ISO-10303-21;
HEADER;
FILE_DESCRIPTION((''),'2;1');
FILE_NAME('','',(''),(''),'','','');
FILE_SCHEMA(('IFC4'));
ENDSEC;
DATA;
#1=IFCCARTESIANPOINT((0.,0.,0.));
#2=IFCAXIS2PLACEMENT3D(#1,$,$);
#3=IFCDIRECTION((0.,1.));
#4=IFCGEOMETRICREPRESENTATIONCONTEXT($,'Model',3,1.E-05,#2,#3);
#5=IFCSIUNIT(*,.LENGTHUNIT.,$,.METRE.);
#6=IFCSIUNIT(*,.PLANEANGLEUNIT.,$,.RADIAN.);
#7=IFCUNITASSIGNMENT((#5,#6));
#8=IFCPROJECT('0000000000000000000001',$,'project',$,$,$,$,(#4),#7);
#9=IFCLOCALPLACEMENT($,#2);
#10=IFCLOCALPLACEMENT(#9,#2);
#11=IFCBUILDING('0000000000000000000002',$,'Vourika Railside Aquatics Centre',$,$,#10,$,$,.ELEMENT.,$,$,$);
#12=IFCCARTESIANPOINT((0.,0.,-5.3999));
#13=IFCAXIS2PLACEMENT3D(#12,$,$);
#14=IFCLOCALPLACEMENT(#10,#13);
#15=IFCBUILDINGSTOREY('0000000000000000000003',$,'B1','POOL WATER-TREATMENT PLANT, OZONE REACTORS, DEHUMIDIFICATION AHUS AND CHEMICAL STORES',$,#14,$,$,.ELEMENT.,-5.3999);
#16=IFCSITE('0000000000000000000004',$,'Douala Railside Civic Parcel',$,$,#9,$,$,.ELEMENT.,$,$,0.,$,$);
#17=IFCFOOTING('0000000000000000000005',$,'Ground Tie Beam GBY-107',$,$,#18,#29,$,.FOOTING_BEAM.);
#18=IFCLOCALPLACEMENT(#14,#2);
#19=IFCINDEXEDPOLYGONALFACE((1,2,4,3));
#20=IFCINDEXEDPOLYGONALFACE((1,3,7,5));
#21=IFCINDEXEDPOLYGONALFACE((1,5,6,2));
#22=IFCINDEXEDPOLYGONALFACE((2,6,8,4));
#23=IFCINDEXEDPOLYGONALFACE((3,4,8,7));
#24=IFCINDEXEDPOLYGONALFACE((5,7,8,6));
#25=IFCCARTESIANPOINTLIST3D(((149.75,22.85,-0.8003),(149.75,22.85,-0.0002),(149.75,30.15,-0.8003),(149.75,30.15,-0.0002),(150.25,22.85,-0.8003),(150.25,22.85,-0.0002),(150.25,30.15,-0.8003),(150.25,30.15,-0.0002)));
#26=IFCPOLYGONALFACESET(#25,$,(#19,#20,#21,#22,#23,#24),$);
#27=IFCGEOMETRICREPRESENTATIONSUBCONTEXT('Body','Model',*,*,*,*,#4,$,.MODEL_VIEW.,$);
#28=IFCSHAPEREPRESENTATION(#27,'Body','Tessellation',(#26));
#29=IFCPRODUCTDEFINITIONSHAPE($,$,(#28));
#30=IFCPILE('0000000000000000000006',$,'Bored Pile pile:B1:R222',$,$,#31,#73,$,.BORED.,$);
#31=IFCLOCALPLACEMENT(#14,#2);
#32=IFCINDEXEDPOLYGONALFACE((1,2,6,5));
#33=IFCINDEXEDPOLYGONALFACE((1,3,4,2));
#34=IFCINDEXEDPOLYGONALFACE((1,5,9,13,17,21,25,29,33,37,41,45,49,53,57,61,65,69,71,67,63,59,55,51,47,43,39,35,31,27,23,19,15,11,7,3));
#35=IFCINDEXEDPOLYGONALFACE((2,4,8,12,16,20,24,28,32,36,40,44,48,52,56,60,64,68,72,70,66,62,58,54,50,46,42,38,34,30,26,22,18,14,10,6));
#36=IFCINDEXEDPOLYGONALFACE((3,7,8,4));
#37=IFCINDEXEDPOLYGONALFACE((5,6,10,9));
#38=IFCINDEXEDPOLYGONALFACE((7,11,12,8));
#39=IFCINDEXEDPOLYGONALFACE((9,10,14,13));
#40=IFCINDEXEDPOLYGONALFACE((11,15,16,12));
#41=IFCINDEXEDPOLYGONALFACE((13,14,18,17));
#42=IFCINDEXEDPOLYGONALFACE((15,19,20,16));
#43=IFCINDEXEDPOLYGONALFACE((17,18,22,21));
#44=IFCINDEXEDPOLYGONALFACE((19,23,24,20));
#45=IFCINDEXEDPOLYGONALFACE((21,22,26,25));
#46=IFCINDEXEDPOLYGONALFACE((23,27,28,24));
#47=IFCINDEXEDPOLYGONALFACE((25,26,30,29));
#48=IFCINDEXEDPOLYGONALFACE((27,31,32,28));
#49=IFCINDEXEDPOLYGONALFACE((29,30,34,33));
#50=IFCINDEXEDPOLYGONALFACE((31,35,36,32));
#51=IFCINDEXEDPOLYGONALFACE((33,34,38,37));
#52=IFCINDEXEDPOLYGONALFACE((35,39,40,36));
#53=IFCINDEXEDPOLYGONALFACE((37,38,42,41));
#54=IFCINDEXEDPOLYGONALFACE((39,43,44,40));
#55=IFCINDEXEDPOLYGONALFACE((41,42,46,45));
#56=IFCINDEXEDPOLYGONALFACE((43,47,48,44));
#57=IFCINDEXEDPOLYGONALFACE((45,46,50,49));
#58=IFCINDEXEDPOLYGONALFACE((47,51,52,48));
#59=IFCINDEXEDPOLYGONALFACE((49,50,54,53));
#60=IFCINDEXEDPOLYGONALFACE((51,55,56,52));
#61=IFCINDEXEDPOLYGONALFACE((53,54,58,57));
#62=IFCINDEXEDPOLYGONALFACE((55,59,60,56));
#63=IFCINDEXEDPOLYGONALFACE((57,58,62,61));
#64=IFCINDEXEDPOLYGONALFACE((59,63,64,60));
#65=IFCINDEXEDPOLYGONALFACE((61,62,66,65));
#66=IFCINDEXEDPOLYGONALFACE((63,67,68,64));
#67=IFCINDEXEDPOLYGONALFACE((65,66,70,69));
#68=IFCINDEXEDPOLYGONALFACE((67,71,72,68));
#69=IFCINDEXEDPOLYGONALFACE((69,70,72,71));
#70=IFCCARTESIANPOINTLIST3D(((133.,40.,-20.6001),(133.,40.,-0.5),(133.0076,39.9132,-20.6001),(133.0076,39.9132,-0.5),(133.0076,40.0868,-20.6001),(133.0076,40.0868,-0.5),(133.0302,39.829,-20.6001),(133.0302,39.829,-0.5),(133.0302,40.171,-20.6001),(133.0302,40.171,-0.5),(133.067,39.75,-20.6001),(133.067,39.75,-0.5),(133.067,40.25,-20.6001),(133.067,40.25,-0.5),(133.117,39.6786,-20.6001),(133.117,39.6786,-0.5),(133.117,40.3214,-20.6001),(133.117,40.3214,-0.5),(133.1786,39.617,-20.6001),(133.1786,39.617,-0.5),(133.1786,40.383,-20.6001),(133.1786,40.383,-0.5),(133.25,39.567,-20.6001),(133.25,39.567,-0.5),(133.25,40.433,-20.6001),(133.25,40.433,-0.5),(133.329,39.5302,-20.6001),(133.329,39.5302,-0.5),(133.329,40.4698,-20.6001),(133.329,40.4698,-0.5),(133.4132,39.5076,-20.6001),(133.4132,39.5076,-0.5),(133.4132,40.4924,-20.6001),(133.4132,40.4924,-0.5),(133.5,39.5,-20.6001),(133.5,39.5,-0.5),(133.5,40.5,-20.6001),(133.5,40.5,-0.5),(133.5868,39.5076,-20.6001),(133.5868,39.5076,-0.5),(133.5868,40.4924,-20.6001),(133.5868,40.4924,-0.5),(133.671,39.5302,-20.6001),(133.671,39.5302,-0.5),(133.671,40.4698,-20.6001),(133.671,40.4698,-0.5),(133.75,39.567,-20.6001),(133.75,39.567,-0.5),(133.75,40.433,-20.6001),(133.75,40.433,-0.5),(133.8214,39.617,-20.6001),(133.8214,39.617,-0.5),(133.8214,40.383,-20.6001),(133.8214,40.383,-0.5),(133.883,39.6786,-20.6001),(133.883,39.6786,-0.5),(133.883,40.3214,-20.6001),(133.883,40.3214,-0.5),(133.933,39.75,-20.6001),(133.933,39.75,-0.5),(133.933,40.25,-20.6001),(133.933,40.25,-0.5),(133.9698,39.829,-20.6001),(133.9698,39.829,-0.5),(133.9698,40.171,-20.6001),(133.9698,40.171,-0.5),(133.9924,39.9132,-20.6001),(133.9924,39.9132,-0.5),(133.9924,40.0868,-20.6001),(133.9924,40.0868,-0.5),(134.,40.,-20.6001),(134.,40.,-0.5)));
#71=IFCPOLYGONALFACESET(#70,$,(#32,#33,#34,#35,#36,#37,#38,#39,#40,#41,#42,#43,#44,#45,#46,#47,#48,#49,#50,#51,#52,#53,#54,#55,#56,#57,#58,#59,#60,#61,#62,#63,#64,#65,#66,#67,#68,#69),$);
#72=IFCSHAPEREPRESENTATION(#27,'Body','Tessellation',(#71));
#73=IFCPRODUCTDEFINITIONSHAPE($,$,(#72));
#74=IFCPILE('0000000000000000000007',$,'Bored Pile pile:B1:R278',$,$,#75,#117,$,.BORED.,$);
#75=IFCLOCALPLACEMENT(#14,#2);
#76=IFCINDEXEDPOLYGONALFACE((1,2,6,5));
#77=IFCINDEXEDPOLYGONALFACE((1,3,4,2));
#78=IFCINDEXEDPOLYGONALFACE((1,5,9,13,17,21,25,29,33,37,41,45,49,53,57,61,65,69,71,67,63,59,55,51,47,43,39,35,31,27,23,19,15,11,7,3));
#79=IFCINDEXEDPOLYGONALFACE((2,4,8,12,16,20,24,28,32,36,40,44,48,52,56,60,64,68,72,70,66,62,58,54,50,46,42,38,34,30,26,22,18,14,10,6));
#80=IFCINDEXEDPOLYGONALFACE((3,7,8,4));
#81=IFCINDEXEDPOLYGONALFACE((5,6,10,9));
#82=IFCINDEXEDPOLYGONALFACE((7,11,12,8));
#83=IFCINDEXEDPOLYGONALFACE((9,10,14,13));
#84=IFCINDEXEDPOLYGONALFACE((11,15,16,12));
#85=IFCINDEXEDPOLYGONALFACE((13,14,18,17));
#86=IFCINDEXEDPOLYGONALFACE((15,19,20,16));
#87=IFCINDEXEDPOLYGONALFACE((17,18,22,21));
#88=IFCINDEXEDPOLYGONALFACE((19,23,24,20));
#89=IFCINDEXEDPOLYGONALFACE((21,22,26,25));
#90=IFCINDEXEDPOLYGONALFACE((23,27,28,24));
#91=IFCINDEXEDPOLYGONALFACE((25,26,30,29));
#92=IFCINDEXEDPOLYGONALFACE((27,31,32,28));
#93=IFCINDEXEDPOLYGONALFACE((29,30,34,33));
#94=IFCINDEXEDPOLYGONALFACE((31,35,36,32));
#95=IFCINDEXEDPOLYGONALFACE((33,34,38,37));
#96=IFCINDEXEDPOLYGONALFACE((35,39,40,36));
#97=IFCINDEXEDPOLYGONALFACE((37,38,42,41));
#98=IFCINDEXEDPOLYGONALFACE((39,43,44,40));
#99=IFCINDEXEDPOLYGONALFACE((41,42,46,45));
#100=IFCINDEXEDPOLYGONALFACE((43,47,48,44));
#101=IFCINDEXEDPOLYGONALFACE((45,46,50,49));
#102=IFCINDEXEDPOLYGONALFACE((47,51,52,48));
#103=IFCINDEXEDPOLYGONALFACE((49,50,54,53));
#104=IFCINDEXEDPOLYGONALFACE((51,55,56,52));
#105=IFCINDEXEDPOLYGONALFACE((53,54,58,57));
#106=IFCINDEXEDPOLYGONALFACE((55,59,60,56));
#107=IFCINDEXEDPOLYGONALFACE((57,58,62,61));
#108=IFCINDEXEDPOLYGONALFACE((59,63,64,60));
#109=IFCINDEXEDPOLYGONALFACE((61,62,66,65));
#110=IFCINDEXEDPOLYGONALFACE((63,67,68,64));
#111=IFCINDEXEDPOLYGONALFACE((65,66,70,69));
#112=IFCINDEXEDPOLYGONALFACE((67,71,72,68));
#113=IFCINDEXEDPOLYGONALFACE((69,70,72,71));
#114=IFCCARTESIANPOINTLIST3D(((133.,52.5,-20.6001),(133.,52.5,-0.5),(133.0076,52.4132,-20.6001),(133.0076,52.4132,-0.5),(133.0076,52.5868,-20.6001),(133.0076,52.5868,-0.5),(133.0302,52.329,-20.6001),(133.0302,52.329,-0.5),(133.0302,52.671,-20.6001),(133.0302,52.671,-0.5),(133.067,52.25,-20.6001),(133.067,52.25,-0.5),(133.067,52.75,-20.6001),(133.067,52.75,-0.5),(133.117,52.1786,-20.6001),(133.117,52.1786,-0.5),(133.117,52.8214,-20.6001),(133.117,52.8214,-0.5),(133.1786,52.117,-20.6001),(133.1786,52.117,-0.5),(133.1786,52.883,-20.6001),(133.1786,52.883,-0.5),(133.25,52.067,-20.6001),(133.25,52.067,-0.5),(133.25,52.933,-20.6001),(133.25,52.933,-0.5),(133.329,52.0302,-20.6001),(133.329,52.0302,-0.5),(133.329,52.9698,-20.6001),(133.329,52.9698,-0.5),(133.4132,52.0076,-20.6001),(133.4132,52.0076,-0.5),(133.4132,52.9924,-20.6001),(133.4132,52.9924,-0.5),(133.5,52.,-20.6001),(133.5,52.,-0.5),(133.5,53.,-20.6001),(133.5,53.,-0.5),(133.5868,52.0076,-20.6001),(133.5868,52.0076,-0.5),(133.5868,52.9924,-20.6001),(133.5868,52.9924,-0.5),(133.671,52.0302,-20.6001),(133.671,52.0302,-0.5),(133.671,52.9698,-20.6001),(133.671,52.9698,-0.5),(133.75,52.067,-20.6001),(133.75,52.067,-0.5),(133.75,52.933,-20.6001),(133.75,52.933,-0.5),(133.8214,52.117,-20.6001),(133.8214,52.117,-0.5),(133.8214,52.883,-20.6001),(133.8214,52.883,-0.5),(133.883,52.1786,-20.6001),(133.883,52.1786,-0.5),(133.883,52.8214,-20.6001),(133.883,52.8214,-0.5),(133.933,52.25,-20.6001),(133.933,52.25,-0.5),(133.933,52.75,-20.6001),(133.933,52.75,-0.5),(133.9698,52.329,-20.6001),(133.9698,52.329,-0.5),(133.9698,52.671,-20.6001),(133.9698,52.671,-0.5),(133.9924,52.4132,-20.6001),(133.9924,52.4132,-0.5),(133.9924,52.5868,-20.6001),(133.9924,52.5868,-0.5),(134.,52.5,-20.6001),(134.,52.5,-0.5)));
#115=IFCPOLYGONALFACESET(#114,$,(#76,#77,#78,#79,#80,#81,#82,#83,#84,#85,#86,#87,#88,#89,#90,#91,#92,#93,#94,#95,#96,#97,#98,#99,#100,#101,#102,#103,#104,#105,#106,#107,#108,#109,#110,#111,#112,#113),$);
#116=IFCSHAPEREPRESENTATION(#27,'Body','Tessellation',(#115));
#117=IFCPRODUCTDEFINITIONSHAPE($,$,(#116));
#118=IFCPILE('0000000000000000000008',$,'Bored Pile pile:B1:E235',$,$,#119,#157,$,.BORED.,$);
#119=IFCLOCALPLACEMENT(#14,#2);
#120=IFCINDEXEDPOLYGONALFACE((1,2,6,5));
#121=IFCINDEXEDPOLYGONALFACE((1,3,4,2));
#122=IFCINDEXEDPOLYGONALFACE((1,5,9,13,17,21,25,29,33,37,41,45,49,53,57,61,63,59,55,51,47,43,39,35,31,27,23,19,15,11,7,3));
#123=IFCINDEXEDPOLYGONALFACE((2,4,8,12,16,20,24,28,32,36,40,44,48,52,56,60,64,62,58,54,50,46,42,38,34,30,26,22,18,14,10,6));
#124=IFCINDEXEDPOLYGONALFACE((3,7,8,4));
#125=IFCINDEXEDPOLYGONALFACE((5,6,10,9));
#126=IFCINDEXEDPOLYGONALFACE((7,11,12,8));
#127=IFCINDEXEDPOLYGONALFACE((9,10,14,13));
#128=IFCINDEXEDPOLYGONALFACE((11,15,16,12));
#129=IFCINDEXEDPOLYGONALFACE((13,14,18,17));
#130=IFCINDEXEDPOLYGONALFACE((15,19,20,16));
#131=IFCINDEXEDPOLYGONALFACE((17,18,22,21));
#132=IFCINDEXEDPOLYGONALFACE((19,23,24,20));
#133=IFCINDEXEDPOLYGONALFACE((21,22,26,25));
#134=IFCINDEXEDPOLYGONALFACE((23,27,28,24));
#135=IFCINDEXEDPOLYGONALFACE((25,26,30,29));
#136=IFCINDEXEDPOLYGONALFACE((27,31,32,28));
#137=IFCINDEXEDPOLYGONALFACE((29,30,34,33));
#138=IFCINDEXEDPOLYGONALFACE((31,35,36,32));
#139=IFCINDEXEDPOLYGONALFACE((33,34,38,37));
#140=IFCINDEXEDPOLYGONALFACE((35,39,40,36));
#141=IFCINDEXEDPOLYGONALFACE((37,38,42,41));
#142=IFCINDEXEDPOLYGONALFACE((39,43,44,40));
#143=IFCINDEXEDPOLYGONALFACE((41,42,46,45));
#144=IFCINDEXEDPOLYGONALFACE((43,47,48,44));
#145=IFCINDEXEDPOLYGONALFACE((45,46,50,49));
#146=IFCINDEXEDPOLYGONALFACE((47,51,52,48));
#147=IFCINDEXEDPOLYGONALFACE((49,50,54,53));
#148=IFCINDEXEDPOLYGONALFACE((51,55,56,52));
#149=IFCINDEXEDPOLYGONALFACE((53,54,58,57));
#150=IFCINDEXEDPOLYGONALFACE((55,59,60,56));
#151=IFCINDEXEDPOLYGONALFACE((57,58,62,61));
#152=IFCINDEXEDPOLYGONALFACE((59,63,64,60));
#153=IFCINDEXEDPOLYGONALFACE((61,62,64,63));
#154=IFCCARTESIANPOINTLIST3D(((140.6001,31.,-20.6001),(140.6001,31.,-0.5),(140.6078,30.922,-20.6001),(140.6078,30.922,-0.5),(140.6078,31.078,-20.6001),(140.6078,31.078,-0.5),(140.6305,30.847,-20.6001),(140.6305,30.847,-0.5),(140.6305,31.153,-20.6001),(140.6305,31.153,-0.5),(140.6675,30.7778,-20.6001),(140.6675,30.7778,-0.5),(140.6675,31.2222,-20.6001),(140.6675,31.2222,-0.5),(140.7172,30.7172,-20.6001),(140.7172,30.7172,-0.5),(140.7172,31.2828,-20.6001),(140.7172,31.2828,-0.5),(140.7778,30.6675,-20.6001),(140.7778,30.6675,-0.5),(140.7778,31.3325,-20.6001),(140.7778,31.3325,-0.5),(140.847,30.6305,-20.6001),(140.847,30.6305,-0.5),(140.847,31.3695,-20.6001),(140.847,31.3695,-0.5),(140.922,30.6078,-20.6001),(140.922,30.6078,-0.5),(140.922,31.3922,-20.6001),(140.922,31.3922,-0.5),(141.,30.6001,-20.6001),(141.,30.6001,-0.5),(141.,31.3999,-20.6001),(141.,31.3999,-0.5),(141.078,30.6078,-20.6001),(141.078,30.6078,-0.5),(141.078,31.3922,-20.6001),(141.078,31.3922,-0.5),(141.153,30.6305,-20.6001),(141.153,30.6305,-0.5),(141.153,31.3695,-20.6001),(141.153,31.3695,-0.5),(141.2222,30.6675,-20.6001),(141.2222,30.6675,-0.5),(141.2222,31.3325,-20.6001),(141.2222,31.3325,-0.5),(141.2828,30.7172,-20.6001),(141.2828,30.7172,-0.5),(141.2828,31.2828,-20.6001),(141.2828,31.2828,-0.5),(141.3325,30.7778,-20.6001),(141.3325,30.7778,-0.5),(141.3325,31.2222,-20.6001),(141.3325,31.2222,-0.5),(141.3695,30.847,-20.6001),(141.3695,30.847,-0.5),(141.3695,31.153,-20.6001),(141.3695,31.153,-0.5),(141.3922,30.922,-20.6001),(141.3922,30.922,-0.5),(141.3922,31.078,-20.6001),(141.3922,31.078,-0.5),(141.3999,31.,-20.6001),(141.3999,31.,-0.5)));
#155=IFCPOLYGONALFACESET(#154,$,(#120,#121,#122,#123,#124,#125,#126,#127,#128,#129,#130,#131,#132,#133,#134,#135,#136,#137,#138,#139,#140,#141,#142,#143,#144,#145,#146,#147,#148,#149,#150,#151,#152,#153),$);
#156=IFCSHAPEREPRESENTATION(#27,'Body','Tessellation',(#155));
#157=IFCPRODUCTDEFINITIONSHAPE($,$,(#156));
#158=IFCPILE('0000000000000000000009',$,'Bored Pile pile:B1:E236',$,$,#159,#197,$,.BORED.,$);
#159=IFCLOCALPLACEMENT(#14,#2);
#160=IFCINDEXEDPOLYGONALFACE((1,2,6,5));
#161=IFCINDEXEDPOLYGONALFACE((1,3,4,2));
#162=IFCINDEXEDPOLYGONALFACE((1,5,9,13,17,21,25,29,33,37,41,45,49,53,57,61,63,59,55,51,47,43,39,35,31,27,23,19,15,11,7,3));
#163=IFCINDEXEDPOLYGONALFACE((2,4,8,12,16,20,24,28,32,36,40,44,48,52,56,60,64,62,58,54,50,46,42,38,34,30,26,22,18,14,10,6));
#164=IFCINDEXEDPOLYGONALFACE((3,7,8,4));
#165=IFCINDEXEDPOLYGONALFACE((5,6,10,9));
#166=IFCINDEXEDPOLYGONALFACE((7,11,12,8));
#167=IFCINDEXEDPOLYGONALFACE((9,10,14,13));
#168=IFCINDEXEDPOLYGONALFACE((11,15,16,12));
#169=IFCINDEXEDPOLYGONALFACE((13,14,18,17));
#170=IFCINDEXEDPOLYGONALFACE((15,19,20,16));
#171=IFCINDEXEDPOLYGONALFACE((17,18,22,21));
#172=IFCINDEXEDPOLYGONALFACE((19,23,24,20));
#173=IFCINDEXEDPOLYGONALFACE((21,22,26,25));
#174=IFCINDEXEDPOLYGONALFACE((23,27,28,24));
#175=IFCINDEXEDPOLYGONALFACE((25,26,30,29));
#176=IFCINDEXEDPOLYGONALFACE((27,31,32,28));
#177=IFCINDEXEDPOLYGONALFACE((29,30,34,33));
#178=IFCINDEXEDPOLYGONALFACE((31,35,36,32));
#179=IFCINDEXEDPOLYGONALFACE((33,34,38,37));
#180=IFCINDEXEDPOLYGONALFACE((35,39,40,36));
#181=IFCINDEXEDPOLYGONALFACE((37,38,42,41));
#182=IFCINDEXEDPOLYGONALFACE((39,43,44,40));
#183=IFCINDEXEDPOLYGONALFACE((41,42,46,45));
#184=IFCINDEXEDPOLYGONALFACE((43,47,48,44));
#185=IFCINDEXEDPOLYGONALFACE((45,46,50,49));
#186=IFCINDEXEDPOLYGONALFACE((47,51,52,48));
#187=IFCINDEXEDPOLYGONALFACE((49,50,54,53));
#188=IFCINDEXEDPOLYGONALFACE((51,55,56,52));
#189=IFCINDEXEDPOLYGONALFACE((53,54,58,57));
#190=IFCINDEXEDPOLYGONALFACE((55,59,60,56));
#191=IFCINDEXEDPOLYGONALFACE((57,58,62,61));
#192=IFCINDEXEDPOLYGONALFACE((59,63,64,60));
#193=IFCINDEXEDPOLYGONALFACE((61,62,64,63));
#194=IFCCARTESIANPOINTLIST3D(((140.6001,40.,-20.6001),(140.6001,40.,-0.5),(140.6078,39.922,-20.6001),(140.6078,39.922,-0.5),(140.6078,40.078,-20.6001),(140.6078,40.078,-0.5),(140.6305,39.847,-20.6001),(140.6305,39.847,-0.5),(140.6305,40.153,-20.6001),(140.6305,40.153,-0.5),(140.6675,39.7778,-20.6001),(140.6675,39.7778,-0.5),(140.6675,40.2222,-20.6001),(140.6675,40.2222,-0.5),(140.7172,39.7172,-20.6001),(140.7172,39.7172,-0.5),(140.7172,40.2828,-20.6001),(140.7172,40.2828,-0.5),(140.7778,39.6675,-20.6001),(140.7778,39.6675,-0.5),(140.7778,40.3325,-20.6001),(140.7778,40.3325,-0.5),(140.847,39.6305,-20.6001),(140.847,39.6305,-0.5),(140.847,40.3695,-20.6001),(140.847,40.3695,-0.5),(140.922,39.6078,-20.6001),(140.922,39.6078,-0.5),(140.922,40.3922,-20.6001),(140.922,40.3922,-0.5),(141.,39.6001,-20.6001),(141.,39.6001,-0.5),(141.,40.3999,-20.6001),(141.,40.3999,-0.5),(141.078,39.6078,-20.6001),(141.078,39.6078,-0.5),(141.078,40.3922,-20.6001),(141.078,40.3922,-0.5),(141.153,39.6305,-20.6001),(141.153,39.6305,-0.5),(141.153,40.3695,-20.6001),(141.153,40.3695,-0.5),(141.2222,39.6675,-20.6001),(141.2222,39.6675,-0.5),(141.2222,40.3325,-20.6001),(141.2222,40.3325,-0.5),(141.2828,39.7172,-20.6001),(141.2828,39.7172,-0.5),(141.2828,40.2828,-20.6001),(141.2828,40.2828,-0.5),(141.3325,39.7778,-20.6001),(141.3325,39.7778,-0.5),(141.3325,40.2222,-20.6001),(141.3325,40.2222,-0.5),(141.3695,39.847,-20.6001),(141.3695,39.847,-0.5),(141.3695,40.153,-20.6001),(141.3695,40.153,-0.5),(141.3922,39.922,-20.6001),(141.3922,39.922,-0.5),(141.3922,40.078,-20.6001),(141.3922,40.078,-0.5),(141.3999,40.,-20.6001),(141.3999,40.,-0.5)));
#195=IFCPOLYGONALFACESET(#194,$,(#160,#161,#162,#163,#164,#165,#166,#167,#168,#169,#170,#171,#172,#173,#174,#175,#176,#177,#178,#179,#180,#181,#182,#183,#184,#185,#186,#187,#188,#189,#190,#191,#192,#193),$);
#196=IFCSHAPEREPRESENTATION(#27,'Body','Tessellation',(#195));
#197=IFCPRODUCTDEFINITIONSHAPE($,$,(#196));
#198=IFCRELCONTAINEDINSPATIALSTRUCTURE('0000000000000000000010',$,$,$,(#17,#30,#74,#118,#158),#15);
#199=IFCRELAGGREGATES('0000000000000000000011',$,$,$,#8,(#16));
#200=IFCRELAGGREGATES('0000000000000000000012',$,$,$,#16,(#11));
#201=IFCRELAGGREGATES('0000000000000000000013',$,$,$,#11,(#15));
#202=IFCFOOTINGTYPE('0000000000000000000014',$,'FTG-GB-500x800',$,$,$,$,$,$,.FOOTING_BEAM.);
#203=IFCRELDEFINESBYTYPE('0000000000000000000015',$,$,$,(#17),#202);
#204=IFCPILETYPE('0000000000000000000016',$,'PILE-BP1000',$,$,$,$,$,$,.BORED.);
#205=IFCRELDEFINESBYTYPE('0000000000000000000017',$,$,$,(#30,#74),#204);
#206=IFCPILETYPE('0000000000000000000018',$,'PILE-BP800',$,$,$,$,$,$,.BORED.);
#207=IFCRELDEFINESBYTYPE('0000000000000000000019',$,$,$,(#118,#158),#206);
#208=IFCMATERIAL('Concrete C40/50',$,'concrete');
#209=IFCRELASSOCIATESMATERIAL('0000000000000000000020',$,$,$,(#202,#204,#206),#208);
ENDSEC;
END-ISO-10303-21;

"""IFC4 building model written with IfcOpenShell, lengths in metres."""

from ifc_helpers import new_model, si_unit, direction, frame, origin, origin_2d, place, context, subcontext, project, spatial, rectangle, circle, extrude, material, material_profile, profile_set, type_object, element, save


model = new_model("IFC4")

# Units and contexts
model_context = context("Model", 3, precision=1e-05, world=origin(), true_north=direction((0.0, 1.0)))
body_context = subcontext(model_context, "Body", "Model", "MODEL_VIEW")
ifc_project = project(units=[si_unit("LENGTHUNIT", "METRE"), si_unit("PLANEANGLEUNIT", "RADIAN")], contexts=[model_context])

# Site, building, storey
site_placement = place(None, origin())
site = spatial("IfcSite", under=ifc_project, at=site_placement, Name="Douala Railside Civic Parcel", CompositionType="ELEMENT", RefElevation=0.0)
building_placement = place(site_placement, origin())
building = spatial("IfcBuilding", under=site, at=building_placement, Name="Vourika Railside Aquatics Centre", CompositionType="ELEMENT")
storey_placement = place(building_placement, frame((0.0, 0.0, -5.3999)))
storey = spatial("IfcBuildingStorey", under=building, at=storey_placement, Name="B1", Description="POOL WATER-TREATMENT PLANT, OZONE REACTORS, DEHUMIDIFICATION AHUS AND CHEMICAL STORES", CompositionType="ELEMENT", Elevation=-5.3999)

# Footing
ifc_material_1 = material(Name="Concrete C40/50", Category="concrete")
footing_type = type_object("IfcFootingType", Name="FTG-GB-500x800", PredefinedType="FOOTING_BEAM", material=ifc_material_1)
footing_placement = place(storey_placement, frame((150.0, 26.5, -0.8003), z_axis=(0.0, 0.0, 1.0), x_axis=(0.0, 1.0, 0.0)))
element("IfcFooting", 1, at=footing_placement, inside=storey, type_object=footing_type, Name="Ground Tie Beam GBY-107", PredefinedType="FOOTING_BEAM", context=body_context, shape_type="SweptSolid", body=[
    extrude(rectangle(XDim=7.3, YDim=0.5, at=origin_2d()), origin(), (0.0, 0.0, 1.0), 0.8),
])

# Piles
ifc_material_profile_1 = material_profile(ifc_material_1, circle(Radius=0.5, at=origin_2d()), Name="BP 1000")
ifc_profile_set_1 = profile_set([ifc_material_profile_1], Name="Concrete C40/50")
pile_type_1 = type_object("IfcPileType", Name="PILE-BP1000", PredefinedType="BORED", material=ifc_profile_set_1)
for number, where, z_axis, x_axis, name in (
    (2, (133.5, 40.0, -0.5), (0.0, 0.0, -1.0), (1.0, 0.0, 0.0), "Bored Pile pile:B1:R222"),
    (3, (133.5, 52.5, -0.5), (0.0, 0.0, -1.0), (1.0, 0.0, 0.0), "Bored Pile pile:B1:R278"),
):
    element("IfcPile", number, at=place(storey_placement, frame(where, z_axis=z_axis, x_axis=x_axis)), inside=storey, type_object=pile_type_1, Name=name, PredefinedType="BORED", context=body_context, shape_type="SweptSolid", body=[
        extrude(circle(Radius=0.5, at=origin_2d()), origin(), (0.0, 0.0, 1.0), 20.1001),
    ])
ifc_material_profile_2 = material_profile(ifc_material_1, circle(Radius=0.3999, at=origin_2d()), Name="BP 800")
ifc_profile_set_2 = profile_set([ifc_material_profile_2], Name="Concrete C40/50")
pile_type_2 = type_object("IfcPileType", Name="PILE-BP800", PredefinedType="BORED", material=ifc_profile_set_2)
for number, where, z_axis, x_axis, name in (
    (4, (141.0, 31.0, -0.5), (0.0, 0.0, -1.0), (1.0, 0.0, 0.0), "Bored Pile pile:B1:E235"),
    (5, (141.0, 40.0, -0.5), (0.0, 0.0, -1.0), (1.0, 0.0, 0.0), "Bored Pile pile:B1:E236"),
):
    element("IfcPile", number, at=place(storey_placement, frame(where, z_axis=z_axis, x_axis=x_axis)), inside=storey, type_object=pile_type_2, Name=name, PredefinedType="BORED", context=body_context, shape_type="SweptSolid", body=[
        extrude(circle(Radius=0.3999, at=origin_2d()), origin(), (0.0, 0.0, 1.0), 20.1001),
    ])

save(model, "model.ifc")
